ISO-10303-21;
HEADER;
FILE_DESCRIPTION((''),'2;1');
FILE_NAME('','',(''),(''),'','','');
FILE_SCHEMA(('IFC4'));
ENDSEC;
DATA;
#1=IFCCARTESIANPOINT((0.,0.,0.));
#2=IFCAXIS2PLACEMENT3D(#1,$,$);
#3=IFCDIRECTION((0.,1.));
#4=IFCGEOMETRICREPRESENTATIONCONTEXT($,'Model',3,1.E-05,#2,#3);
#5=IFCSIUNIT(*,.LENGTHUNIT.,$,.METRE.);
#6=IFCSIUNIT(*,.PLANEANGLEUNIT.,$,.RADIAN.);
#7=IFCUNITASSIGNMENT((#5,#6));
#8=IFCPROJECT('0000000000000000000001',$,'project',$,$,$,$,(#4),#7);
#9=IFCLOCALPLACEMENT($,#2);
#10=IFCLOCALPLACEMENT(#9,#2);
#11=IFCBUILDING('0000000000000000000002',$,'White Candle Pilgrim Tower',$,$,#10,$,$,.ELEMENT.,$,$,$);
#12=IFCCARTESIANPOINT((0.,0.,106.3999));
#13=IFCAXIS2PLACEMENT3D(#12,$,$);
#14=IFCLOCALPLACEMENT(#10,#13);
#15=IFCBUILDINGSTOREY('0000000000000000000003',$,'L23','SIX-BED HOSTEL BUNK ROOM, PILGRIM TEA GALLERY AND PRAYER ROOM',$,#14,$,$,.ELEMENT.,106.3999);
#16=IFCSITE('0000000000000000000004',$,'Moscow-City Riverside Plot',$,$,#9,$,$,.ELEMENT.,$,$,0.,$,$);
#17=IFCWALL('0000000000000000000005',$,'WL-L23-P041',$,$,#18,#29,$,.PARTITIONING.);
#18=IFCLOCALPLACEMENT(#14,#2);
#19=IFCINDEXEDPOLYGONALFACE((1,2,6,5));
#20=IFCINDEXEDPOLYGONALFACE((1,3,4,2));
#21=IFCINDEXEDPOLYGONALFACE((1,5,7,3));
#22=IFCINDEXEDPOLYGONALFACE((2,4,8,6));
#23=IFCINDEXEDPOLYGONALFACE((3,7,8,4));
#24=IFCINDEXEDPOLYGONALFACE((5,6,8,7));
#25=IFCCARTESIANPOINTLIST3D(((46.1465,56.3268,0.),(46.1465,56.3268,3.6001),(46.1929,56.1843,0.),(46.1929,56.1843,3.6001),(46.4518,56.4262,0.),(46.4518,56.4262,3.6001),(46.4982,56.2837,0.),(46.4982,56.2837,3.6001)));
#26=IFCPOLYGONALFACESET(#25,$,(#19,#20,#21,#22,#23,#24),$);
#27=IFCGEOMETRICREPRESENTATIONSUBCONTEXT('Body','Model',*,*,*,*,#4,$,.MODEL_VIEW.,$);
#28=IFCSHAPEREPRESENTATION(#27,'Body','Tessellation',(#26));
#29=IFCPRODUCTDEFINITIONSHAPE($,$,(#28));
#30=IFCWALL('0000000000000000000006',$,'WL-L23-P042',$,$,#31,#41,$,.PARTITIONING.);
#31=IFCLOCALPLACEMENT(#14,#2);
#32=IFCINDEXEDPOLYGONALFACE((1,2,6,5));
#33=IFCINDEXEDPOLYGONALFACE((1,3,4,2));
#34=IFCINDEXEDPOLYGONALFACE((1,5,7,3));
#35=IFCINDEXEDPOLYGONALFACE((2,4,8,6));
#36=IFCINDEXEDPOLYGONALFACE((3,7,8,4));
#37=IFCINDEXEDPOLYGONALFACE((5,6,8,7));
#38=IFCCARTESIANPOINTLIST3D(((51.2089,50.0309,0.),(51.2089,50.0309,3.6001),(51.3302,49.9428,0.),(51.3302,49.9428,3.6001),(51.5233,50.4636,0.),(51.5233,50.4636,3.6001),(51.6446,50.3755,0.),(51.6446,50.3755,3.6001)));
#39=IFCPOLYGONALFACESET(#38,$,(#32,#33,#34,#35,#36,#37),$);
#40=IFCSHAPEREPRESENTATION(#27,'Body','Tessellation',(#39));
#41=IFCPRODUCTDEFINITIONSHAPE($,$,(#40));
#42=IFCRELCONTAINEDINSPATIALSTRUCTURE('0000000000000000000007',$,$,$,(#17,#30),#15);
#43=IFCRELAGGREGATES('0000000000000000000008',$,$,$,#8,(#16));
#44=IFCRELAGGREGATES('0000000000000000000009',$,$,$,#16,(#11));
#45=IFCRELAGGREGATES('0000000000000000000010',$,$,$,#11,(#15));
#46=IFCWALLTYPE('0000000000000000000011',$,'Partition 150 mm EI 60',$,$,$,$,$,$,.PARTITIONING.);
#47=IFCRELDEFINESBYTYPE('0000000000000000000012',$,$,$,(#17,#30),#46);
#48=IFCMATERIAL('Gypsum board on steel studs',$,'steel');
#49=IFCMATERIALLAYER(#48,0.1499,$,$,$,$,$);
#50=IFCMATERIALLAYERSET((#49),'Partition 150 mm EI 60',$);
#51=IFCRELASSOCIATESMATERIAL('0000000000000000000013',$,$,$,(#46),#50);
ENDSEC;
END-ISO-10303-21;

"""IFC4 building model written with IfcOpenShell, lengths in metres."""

from ifc_helpers import new_model, si_unit, direction, frame, frame_2d, origin, place, context, subcontext, project, spatial, rectangle, extrude, material, layer, layer_set, type_object, element, save


model = new_model("IFC4")

# Units and contexts
model_context = context("Model", 3, precision=1e-05, world=origin(), true_north=direction((0.0, 1.0)))
body_context = subcontext(model_context, "Body", "Model", "MODEL_VIEW")
ifc_project = project(units=[si_unit("LENGTHUNIT", "METRE"), si_unit("PLANEANGLEUNIT", "RADIAN")], contexts=[model_context])

# Site, building, storey
site_placement = place(None, origin())
site = spatial("IfcSite", under=ifc_project, at=site_placement, Name="Moscow-City Riverside Plot", CompositionType="ELEMENT", RefElevation=0.0)
building_placement = place(site_placement, origin())
building = spatial("IfcBuilding", under=site, at=building_placement, Name="White Candle Pilgrim Tower", CompositionType="ELEMENT")
storey_placement = place(building_placement, frame((0.0, 0.0, 106.3999)))
storey = spatial("IfcBuildingStorey", under=building, at=storey_placement, Name="L23", Description="SIX-BED HOSTEL BUNK ROOM, PILGRIM TEA GALLERY AND PRAYER ROOM", CompositionType="ELEMENT", Elevation=106.3999)

# Shared definitions
ifc_material_1 = material(Name="Gypsum board on steel studs", Category="steel")

# Walls
ifc_layer_1 = layer(ifc_material_1, 0.1499)
ifc_layer_set_1 = layer_set([ifc_layer_1], Name="Partition 150 mm EI 60")
wall_type_1 = type_object("IfcWallType", Name="Partition 150 mm EI 60", PredefinedType="PARTITIONING", material=ifc_layer_set_1)
wall_1_placement = place(storey_placement, frame((46.4751, 56.355, 0.0), z_axis=(0.0, 0.0, 1.0), x_axis=(-0.950866, -0.309602, 0.0)))
element("IfcWall", 1, at=wall_1_placement, inside=storey, type_object=wall_type_1, Name="WL-L23-P041", PredefinedType="PARTITIONING", context=body_context, shape_type="SweptSolid", body=[
    extrude(rectangle(XDim=0.321, YDim=0.1499, at=frame_2d((0.1606, 0.0))), origin(), (0.0, 0.0, 1.0), 3.6001),
])
wall_2_placement = place(storey_placement, frame((51.584, 50.4197, 0.0), z_axis=(0.0, 0.0, 1.0), x_axis=(-0.587737, -0.809052, 0.0)))
element("IfcWall", 2, at=wall_2_placement, inside=storey, type_object=wall_type_1, Name="WL-L23-P042", PredefinedType="PARTITIONING", context=body_context, shape_type="SweptSolid", body=[
    extrude(rectangle(XDim=0.5349, YDim=0.1499, at=frame_2d((0.2676, 0.0))), origin(), (0.0, 0.0, 1.0), 3.6001),
])

save(model, "model.ifc")
